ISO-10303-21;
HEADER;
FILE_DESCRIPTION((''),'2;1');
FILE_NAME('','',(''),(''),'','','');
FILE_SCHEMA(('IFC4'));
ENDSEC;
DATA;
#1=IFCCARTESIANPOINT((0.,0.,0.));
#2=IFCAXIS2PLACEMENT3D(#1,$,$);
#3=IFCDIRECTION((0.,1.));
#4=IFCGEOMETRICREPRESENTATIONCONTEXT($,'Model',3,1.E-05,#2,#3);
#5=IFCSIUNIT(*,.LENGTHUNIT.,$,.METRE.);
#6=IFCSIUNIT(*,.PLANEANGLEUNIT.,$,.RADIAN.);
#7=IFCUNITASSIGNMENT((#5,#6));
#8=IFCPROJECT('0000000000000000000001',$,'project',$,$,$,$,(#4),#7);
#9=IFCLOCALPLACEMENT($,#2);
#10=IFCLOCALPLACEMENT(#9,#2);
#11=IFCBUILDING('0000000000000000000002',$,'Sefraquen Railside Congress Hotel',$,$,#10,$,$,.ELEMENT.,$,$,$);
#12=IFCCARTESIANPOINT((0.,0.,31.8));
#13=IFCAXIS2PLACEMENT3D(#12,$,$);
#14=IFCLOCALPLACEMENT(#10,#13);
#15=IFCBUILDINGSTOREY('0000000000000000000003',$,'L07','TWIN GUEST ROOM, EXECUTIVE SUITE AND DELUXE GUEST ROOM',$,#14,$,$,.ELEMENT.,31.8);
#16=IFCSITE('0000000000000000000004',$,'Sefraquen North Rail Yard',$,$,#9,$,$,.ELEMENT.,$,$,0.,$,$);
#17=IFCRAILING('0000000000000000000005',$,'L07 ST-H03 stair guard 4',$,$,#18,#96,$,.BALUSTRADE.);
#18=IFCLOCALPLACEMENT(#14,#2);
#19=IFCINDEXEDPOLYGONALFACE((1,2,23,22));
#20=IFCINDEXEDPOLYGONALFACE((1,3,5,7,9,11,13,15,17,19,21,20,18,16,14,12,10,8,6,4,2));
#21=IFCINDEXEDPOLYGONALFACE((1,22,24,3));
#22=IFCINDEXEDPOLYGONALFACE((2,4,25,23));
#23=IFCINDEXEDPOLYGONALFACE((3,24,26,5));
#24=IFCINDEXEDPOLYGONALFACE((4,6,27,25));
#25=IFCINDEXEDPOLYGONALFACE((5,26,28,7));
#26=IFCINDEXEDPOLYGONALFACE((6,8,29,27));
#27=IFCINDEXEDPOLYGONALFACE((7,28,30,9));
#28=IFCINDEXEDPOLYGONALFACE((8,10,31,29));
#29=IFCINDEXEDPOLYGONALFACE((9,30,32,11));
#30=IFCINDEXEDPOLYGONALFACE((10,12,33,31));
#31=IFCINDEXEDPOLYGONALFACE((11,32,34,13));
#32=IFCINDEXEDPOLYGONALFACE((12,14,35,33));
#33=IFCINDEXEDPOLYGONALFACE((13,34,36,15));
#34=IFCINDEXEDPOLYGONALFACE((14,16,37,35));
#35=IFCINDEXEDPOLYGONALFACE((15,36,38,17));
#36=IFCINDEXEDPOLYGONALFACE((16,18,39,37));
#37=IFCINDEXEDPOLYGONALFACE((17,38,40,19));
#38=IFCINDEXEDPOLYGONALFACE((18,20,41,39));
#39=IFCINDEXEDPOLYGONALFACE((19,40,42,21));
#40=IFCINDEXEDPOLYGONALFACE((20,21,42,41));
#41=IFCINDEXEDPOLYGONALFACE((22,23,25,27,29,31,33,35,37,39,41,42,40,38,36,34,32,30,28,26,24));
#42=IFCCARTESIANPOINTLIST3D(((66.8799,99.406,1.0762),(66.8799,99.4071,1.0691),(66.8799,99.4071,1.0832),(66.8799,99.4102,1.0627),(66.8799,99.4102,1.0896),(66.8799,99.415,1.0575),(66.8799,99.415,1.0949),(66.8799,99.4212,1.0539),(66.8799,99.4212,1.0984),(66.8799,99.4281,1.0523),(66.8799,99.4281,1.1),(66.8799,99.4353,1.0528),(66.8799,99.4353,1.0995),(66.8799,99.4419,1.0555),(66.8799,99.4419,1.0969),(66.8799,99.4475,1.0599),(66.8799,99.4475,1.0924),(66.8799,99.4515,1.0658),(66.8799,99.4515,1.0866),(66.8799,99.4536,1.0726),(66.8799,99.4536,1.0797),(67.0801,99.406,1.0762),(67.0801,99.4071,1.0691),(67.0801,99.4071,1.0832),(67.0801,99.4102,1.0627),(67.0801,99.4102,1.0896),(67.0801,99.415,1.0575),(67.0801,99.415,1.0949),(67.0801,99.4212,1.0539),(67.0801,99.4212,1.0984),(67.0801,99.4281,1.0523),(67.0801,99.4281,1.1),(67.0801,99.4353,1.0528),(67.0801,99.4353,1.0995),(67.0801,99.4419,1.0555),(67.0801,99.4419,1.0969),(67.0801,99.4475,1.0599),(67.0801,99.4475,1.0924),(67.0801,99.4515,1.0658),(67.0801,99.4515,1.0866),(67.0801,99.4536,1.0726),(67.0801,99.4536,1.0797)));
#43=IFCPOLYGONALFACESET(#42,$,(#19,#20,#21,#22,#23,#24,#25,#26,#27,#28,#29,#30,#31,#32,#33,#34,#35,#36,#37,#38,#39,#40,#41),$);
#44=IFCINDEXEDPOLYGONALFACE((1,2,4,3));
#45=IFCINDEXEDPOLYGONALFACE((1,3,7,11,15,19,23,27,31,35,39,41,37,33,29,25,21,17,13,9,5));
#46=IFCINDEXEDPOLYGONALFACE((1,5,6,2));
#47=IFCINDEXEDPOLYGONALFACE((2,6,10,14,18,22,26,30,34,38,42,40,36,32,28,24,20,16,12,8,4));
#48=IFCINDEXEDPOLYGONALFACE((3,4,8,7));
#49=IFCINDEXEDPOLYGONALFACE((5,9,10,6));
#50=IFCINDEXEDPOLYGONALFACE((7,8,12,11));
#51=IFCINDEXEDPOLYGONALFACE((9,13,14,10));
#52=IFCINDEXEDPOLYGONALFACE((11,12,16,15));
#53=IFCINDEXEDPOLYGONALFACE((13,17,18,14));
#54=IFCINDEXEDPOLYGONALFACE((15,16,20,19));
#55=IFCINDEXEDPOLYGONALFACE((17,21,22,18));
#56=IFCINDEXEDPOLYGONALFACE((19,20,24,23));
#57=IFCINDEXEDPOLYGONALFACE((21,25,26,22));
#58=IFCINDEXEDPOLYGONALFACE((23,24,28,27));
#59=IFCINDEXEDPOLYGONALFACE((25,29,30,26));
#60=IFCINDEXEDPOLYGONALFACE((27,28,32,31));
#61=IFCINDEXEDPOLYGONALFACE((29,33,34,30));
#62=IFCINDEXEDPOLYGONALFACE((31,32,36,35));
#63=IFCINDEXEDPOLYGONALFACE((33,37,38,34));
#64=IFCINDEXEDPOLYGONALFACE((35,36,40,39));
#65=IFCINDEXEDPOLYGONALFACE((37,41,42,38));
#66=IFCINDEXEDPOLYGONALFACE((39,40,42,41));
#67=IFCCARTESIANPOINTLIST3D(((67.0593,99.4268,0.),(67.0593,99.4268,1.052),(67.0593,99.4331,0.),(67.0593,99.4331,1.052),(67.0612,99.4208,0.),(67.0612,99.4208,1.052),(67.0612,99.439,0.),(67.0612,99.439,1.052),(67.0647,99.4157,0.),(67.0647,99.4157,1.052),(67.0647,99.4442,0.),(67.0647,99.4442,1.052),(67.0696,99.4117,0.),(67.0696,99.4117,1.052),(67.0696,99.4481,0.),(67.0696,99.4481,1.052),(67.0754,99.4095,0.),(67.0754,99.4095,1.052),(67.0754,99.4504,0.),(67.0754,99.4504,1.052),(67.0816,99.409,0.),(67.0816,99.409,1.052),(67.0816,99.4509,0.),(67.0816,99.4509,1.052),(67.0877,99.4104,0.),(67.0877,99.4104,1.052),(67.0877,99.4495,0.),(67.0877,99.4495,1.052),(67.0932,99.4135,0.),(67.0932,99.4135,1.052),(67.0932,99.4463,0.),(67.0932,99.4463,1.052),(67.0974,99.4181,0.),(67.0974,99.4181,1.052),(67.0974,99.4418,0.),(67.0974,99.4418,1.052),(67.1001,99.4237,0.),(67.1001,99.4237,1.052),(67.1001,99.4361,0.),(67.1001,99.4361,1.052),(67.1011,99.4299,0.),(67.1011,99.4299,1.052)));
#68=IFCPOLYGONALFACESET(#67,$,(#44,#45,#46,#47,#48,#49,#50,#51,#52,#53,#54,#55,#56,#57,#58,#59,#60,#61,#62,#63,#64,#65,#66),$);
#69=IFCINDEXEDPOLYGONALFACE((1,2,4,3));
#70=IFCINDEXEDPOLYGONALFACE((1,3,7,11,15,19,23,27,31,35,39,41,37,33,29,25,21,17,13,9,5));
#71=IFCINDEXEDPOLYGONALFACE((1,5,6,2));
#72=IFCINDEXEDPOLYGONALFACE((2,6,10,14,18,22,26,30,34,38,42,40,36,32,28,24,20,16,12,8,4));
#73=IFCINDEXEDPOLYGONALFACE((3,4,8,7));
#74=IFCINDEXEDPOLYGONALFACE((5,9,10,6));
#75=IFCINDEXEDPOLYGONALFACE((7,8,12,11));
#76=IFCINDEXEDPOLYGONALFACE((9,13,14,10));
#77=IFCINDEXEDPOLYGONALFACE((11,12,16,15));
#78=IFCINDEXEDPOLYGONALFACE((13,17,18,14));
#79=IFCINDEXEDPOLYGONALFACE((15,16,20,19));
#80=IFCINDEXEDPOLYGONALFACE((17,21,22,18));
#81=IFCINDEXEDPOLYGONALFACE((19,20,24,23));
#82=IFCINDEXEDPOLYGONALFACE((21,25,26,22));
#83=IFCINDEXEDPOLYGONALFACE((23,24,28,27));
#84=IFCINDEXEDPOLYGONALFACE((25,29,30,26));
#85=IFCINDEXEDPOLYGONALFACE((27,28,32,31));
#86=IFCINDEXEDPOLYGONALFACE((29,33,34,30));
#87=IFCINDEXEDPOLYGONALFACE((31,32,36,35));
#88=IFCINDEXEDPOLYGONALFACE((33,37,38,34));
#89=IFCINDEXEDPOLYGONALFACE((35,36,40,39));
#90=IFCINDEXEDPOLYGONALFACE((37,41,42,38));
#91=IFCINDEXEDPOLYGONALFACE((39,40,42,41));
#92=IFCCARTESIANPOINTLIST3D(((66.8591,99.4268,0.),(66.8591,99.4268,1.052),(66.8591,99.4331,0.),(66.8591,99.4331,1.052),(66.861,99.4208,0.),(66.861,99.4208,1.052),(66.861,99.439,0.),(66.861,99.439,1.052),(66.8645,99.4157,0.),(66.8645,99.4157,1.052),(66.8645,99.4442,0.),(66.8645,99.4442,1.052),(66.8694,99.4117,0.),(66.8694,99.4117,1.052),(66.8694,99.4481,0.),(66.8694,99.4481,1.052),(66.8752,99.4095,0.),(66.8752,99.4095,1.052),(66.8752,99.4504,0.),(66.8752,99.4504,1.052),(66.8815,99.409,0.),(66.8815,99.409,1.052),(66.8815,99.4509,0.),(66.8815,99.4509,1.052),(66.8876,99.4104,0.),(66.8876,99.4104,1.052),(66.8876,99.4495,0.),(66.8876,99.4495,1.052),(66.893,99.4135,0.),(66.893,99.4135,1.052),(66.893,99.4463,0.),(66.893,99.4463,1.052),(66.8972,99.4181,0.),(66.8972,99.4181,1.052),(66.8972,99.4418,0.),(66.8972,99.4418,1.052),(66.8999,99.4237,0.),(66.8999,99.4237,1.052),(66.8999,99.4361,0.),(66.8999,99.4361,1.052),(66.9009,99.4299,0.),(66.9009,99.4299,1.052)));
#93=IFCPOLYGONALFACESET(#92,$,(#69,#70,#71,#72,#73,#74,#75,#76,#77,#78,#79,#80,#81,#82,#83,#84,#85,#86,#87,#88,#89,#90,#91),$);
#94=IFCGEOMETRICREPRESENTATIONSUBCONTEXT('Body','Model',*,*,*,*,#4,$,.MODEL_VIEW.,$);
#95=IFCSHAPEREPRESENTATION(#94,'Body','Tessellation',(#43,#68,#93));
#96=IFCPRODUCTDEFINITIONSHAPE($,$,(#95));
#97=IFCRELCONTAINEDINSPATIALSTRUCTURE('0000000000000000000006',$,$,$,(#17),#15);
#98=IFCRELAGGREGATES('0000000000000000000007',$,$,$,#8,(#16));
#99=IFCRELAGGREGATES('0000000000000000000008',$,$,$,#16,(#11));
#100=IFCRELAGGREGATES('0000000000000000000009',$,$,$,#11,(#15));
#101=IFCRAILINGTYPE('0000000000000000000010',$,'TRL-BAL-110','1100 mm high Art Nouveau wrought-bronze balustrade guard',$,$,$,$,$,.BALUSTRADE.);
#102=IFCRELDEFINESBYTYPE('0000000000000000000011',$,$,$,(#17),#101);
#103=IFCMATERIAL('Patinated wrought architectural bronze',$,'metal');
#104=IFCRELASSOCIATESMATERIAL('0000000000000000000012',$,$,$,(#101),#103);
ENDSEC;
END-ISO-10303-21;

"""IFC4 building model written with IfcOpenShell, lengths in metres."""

from ifc_helpers import new_model, si_unit, direction, frame, origin, origin_2d, place, context, subcontext, project, spatial, circle, extrude, material, type_object, element, save


model = new_model("IFC4")

# Units and contexts
model_context = context("Model", 3, precision=1e-05, world=origin(), true_north=direction((0.0, 1.0)))
body_context = subcontext(model_context, "Body", "Model", "MODEL_VIEW")
ifc_project = project(units=[si_unit("LENGTHUNIT", "METRE"), si_unit("PLANEANGLEUNIT", "RADIAN")], contexts=[model_context])

# Site, building, storey
site_placement = place(None, origin())
site = spatial("IfcSite", under=ifc_project, at=site_placement, Name="Sefraquen North Rail Yard", CompositionType="ELEMENT", RefElevation=0.0)
building_placement = place(site_placement, origin())
building = spatial("IfcBuilding", under=site, at=building_placement, Name="Sefraquen Railside Congress Hotel", CompositionType="ELEMENT")
storey_placement = place(building_placement, frame((0.0, 0.0, 31.8)))
storey = spatial("IfcBuildingStorey", under=building, at=storey_placement, Name="L07", Description="TWIN GUEST ROOM, EXECUTIVE SUITE AND DELUXE GUEST ROOM", CompositionType="ELEMENT", Elevation=31.8)

# Railing
ifc_material_1 = material(Name="Patinated wrought architectural bronze", Category="metal")
railing_type_1 = type_object("IfcRailingType", Name="TRL-BAL-110", Description="1100 mm high Art Nouveau wrought-bronze balustrade guard", PredefinedType="BALUSTRADE", material=ifc_material_1)
railing_1_placement = place(storey_placement, frame((67.0801, 99.4299, 0.0)))
element("IfcRailing", 1, at=railing_1_placement, inside=storey, type_object=railing_type_1, Name="L07 ST-H03 stair guard 4", PredefinedType="BALUSTRADE", context=body_context, shape_type="SweptSolid", body=[
    extrude(circle(Radius=0.0239, at=origin_2d()), frame((0.0, 0.0, 1.0762), z_axis=(-1.0, 0.0, 0.0), x_axis=(0.0, -1.0, 0.0)), (0.0, 0.0, 1.0), 0.2002),
    extrude(circle(Radius=0.021, at=origin_2d()), origin(), (0.0, 0.0, 1.0), 1.052),
    extrude(circle(Radius=0.021, at=origin_2d()), frame((-0.2002, 0.0, 0.0)), (0.0, 0.0, 1.0), 1.052),
])

save(model, "model.ifc")
